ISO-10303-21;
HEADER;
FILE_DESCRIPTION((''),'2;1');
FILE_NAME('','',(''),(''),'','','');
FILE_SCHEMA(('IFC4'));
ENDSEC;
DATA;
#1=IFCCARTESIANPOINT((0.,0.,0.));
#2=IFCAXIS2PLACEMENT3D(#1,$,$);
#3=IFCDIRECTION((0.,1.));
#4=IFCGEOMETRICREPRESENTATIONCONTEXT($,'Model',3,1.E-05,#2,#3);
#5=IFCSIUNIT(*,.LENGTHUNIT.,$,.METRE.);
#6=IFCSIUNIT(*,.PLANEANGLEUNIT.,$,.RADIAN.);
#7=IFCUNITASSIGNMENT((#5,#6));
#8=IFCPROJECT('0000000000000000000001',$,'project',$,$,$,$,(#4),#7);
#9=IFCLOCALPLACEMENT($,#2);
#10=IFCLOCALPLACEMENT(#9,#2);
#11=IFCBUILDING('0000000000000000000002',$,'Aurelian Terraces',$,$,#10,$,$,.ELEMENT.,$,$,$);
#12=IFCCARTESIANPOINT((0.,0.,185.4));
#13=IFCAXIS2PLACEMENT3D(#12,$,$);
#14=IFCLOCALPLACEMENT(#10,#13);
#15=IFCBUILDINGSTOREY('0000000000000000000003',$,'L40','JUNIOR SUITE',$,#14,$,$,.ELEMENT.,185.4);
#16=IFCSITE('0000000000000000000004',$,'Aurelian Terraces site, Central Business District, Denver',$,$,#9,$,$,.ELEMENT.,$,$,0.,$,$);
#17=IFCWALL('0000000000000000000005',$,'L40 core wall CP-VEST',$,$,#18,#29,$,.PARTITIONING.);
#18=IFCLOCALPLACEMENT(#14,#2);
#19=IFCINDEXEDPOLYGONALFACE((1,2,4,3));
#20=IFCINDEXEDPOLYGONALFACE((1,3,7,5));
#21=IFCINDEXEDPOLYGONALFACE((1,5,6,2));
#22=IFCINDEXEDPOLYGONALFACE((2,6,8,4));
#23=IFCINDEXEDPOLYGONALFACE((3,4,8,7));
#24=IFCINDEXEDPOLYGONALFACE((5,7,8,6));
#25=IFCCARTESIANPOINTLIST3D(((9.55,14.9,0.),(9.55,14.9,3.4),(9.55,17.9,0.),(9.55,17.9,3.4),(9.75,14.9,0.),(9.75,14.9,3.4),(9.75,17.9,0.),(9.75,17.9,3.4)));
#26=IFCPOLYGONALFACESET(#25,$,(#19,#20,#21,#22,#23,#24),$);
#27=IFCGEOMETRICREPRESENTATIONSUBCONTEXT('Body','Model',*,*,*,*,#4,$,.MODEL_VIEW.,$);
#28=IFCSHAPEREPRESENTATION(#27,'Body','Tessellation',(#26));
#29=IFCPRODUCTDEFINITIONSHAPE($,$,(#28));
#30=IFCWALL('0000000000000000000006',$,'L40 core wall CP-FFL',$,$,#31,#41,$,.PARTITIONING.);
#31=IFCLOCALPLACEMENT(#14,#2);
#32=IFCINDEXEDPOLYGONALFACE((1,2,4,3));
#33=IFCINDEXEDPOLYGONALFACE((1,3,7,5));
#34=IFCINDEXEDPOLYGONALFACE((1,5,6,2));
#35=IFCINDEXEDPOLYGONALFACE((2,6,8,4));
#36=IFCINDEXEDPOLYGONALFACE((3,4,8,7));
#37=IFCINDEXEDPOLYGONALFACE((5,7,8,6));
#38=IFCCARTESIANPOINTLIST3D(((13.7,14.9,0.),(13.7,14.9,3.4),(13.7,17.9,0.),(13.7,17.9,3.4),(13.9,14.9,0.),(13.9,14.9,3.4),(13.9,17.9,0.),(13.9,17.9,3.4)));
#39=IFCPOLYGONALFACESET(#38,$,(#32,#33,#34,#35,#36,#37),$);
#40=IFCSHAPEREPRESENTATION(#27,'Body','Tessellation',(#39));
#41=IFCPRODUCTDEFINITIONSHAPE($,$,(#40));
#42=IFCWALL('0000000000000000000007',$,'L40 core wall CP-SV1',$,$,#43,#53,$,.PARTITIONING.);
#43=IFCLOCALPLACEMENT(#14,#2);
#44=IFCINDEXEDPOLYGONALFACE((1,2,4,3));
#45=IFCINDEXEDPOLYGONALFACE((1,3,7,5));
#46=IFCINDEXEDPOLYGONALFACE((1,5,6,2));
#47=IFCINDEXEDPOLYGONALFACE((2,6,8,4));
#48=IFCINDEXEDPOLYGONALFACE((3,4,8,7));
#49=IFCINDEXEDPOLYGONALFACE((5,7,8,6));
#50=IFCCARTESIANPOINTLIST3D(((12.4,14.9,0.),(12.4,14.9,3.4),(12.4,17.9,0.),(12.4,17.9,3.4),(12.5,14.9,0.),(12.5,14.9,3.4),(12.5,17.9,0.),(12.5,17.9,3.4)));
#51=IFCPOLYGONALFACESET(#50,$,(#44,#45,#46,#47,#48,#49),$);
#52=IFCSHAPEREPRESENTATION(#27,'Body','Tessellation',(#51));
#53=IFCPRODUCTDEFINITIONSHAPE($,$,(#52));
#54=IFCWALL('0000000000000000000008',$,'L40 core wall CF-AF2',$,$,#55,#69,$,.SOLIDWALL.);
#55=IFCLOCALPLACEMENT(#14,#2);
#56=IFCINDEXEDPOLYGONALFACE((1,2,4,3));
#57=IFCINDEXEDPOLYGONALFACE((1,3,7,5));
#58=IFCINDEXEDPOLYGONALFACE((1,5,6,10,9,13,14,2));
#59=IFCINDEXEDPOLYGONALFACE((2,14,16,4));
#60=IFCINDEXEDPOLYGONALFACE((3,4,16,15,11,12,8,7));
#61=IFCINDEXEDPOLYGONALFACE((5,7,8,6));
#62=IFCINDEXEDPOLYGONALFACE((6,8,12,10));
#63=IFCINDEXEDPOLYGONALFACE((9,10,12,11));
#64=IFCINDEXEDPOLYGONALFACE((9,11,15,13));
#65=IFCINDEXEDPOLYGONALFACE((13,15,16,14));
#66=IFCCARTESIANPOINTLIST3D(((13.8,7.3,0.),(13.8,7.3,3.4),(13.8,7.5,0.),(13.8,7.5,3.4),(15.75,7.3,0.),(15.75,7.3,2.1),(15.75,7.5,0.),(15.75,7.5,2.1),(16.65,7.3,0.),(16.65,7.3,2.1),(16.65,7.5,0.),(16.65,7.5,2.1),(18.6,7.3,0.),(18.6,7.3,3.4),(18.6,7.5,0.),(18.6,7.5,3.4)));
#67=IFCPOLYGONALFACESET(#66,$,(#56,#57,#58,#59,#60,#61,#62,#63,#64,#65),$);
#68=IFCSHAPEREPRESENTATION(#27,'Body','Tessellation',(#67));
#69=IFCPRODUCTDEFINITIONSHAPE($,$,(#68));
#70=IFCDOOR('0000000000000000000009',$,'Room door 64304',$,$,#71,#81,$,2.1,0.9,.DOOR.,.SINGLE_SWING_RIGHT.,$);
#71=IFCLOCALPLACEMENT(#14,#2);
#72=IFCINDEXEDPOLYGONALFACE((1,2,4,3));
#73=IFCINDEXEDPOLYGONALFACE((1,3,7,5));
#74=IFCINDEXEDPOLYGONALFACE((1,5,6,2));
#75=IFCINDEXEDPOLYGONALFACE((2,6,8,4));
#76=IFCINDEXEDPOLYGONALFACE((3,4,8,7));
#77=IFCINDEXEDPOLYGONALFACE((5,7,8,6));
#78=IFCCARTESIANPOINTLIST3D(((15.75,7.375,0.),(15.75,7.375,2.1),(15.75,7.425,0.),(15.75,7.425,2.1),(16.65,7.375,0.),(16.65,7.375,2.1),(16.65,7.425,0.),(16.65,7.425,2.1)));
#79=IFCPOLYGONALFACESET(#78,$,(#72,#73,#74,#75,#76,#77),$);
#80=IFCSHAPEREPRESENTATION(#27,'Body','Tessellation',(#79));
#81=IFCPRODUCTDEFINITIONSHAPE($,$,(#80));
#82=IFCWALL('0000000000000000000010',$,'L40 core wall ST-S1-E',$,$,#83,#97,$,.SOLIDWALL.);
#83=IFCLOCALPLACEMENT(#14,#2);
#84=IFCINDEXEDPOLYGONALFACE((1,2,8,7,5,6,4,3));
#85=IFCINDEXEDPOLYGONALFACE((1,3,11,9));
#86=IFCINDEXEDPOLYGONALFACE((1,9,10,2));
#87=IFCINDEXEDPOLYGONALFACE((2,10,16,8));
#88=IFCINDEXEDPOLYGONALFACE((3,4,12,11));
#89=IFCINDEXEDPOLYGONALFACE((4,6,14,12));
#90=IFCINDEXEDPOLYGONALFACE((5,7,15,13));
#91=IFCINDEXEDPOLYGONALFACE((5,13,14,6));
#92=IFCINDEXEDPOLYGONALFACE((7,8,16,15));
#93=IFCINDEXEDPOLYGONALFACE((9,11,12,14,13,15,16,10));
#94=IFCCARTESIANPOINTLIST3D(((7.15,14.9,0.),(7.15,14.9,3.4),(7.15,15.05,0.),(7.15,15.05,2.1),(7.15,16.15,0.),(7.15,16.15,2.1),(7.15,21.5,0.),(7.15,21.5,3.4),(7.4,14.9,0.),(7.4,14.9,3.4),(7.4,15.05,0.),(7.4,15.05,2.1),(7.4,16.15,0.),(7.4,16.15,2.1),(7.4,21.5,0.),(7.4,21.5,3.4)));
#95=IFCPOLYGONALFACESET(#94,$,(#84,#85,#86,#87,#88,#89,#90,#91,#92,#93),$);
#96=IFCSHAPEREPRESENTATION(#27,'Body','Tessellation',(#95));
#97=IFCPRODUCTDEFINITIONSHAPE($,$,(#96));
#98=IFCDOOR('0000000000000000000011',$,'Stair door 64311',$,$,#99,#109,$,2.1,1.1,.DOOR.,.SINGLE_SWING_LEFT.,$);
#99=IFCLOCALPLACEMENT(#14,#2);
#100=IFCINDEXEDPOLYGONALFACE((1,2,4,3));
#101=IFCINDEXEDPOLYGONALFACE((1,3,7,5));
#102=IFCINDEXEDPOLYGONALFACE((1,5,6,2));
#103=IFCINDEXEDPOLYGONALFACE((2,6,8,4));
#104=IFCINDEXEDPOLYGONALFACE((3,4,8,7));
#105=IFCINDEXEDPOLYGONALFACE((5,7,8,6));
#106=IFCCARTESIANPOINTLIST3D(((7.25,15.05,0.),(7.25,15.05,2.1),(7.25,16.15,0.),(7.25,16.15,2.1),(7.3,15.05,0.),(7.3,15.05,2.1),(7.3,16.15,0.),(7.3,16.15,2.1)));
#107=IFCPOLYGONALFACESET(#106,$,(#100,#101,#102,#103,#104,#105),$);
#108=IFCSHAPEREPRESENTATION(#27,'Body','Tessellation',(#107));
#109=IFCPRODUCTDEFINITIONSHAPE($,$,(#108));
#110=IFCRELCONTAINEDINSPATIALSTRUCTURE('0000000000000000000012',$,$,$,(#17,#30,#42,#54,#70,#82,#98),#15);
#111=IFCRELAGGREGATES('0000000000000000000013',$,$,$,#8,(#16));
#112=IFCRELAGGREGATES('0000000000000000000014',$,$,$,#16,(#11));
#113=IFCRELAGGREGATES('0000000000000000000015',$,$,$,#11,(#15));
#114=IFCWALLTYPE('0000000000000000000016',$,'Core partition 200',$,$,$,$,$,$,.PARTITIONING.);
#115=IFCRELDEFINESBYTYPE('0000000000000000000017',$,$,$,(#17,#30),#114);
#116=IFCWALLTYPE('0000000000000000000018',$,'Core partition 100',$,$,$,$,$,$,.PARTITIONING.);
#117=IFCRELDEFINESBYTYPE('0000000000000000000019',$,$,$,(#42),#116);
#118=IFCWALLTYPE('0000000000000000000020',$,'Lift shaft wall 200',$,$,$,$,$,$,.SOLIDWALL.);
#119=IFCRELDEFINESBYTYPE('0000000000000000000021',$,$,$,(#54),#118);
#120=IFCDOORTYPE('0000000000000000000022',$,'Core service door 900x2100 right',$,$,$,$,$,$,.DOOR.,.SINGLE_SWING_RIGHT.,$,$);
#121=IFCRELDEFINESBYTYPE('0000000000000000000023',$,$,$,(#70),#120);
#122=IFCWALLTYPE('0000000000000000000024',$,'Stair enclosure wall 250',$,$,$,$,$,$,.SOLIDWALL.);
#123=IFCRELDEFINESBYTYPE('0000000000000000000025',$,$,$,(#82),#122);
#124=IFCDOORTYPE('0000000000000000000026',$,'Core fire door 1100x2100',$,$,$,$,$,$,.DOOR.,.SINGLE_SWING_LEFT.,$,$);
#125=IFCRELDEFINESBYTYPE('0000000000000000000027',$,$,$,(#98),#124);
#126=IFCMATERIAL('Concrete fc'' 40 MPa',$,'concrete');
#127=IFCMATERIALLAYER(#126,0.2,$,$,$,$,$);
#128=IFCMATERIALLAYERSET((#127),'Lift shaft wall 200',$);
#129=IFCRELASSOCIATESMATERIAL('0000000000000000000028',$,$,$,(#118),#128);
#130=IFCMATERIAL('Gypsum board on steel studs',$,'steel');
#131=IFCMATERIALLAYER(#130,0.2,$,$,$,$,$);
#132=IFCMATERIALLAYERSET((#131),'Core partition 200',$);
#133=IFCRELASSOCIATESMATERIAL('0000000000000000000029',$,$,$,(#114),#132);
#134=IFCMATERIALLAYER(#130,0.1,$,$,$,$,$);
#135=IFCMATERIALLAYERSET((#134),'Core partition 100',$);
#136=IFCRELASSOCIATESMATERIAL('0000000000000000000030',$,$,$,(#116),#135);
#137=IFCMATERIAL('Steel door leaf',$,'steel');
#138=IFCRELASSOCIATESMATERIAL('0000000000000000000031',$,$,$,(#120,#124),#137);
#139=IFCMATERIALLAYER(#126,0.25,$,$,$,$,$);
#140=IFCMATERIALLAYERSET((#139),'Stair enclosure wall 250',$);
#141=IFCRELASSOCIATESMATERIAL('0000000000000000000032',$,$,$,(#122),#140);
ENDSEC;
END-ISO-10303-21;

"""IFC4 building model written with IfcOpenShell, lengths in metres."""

from ifc_helpers import new_model, si_unit, direction, frame, frame_2d, origin, place, context, subcontext, project, spatial, rectangle, extrude, source, transform, mapped, material, layer, layer_set, type_object, element, fill, save


model = new_model("IFC4")

# Units and contexts
model_context = context("Model", 3, precision=1e-05, world=origin(), true_north=direction((0.0, 1.0)))
body_context = subcontext(model_context, "Body", "Model", "MODEL_VIEW")
ifc_project = project(units=[si_unit("LENGTHUNIT", "METRE"), si_unit("PLANEANGLEUNIT", "RADIAN")], contexts=[model_context])

# Site, building, storey
site_placement = place(None, origin())
site = spatial("IfcSite", under=ifc_project, at=site_placement, Name="Aurelian Terraces site, Central Business District, Denver", CompositionType="ELEMENT", RefElevation=0.0)
building_placement = place(site_placement, origin())
building = spatial("IfcBuilding", under=site, at=building_placement, Name="Aurelian Terraces", CompositionType="ELEMENT")
storey_placement = place(building_placement, frame((0.0, 0.0, 185.4)))
storey = spatial("IfcBuildingStorey", under=building, at=storey_placement, Name="L40", Description="JUNIOR SUITE", CompositionType="ELEMENT", Elevation=185.4)

# Shared definitions
ifc_material_1 = material(Name="Concrete fc' 40 MPa", Category="concrete")
ifc_layer_1 = layer(ifc_material_1, 0.2)
ifc_layer_set_1 = layer_set([ifc_layer_1], Name="Lift shaft wall 200")
wall_type_1 = type_object("IfcWallType", Name="Lift shaft wall 200", PredefinedType="SOLIDWALL", material=ifc_layer_set_1)

# Shared definitions
shared_shape_1 = source(origin(), body_context, "Body", "SweptSolid", [
    extrude(rectangle(XDim=1.1, YDim=2.1, at=frame_2d((0.55, 1.05))), frame((0.0, 0.025, 0.0), z_axis=(0.0, -1.0, 0.0), x_axis=(1.0, 0.0, 0.0)), (0.0, 0.0, 1.0), 0.05),
])

# Shared definitions
shared_shape_2 = source(origin(), body_context, "Body", "SweptSolid", [
    extrude(rectangle(XDim=0.9, YDim=2.1, at=frame_2d((0.45, 1.05))), frame((0.0, 0.11, 0.0), z_axis=(0.0, -1.0, 0.0), x_axis=(1.0, 0.0, 0.0)), (0.0, 0.0, 1.0), 0.22),
])
ifc_material_2 = material(Name="Steel door leaf", Category="steel")
shared_shape_3 = source(origin(), body_context, "Body", "SweptSolid", [
    extrude(rectangle(XDim=0.9, YDim=2.1, at=frame_2d((0.45, 1.05))), frame((0.0, 0.025, 0.0), z_axis=(0.0, -1.0, 0.0), x_axis=(1.0, 0.0, 0.0)), (0.0, 0.0, 1.0), 0.05),
])

# Walls
ifc_material_3 = material(Name="Gypsum board on steel studs", Category="steel")
ifc_layer_2 = layer(ifc_material_3, 0.2)
ifc_layer_set_2 = layer_set([ifc_layer_2], Name="Core partition 200")
wall_type_2 = type_object("IfcWallType", Name="Core partition 200", PredefinedType="PARTITIONING", material=ifc_layer_set_2)
shared_shape_4 = source(origin(), body_context, "Body", "SweptSolid", [
    extrude(rectangle(XDim=3.0, YDim=0.2, at=frame_2d((1.5, 0.0))), origin(), (0.0, 0.0, 1.0), 3.4),
])
for number, where, z_axis, x_axis, name in (
    (1, (9.65, 14.9, 0.0), (0.0, 0.0, 1.0), (0.0, 1.0, 0.0), "L40 core wall CP-VEST"),
    (2, (13.8, 14.9, 0.0), (0.0, 0.0, 1.0), (0.0, 1.0, 0.0), "L40 core wall CP-FFL"),
):
    element("IfcWall", number, at=place(storey_placement, frame(where, z_axis=z_axis, x_axis=x_axis)), inside=storey, type_object=wall_type_2, Name=name, PredefinedType="PARTITIONING", context=body_context, shape_type="MappedRepresentation", body=[
        mapped(shared_shape_4, transform((0.0, 0.0, 0.0), scale=1.0)),
    ])
ifc_layer_3 = layer(ifc_material_3, 0.1)
ifc_layer_set_3 = layer_set([ifc_layer_3], Name="Core partition 100")
wall_type_3 = type_object("IfcWallType", Name="Core partition 100", PredefinedType="PARTITIONING", material=ifc_layer_set_3)
shared_shape_5 = source(origin(), body_context, "Body", "SweptSolid", [
    extrude(rectangle(XDim=3.0, YDim=0.1, at=frame_2d((1.5, 0.0))), origin(), (0.0, 0.0, 1.0), 3.4),
])
wall_1_placement = place(storey_placement, frame((12.45, 14.9, 0.0), z_axis=(0.0, 0.0, 1.0), x_axis=(0.0, 1.0, 0.0)))
element("IfcWall", 3, at=wall_1_placement, inside=storey, type_object=wall_type_3, Name="L40 core wall CP-SV1", PredefinedType="PARTITIONING", context=body_context, shape_type="MappedRepresentation", body=[
    mapped(shared_shape_5, transform((0.0, 0.0, 0.0), scale=1.0)),
])

# Walls, openings, doors
shared_shape_6 = source(origin(), body_context, "Body", "SweptSolid", [
    extrude(rectangle(XDim=4.8, YDim=0.2, at=frame_2d((2.4, 0.0))), origin(), (0.0, 0.0, 1.0), 3.4),
])
wall_2_placement = place(storey_placement, frame((13.8, 7.4, 0.0), z_axis=(0.0, 0.0, 1.0), x_axis=(1.0, 0.0, 0.0)))
wall_2 = element("IfcWall", 4, at=wall_2_placement, inside=storey, type_object=wall_type_1, Name="L40 core wall CF-AF2", PredefinedType="SOLIDWALL", context=body_context, shape_type="MappedRepresentation", body=[
    mapped(shared_shape_6, transform((0.0, 0.0, 0.0), scale=1.0)),
])
opening_1_placement = place(wall_2_placement, frame((1.95, 0.0, 0.0)))
opening_1 = element("IfcOpeningElement", 5, at=opening_1_placement, cuts=wall_2, PredefinedType="OPENING", context=body_context, shape_type="MappedRepresentation", body=[
    mapped(shared_shape_2, transform((0.0, 0.0, 0.0), scale=1.0)),
])
door_type_1 = type_object("IfcDoorType", Name="Core service door 900x2100 right", OperationType="SINGLE_SWING_RIGHT", PredefinedType="DOOR", material=ifc_material_2)
door_1_placement = place(opening_1_placement, origin())
door_1 = element("IfcDoor", 6, at=door_1_placement, inside=storey, type_object=door_type_1, Name="Room door 64304", OperationType="SINGLE_SWING_RIGHT", OverallHeight=2.1, OverallWidth=0.9, PredefinedType="DOOR", context=body_context, shape_type="MappedRepresentation", body=[
    mapped(shared_shape_3, transform((0.0, 0.0, 0.0), scale=1.0)),
])
fill(opening_1, door_1)
ifc_layer_4 = layer(ifc_material_1, 0.25)
ifc_layer_set_4 = layer_set([ifc_layer_4], Name="Stair enclosure wall 250")
wall_type_4 = type_object("IfcWallType", Name="Stair enclosure wall 250", PredefinedType="SOLIDWALL", material=ifc_layer_set_4)
shared_shape_7 = source(origin(), body_context, "Body", "SweptSolid", [
    extrude(rectangle(XDim=6.6, YDim=0.25, at=frame_2d((3.3, 0.0))), origin(), (0.0, 0.0, 1.0), 3.4),
])
wall_3_placement = place(storey_placement, frame((7.275, 14.9, 0.0), z_axis=(0.0, 0.0, 1.0), x_axis=(0.0, 1.0, 0.0)))
wall_3 = element("IfcWall", 7, at=wall_3_placement, inside=storey, type_object=wall_type_4, Name="L40 core wall ST-S1-E", PredefinedType="SOLIDWALL", context=body_context, shape_type="MappedRepresentation", body=[
    mapped(shared_shape_7, transform((0.0, 0.0, 0.0), scale=1.0)),
])
shared_shape_8 = source(origin(), body_context, "Body", "SweptSolid", [
    extrude(rectangle(XDim=1.1, YDim=2.1, at=frame_2d((0.55, 1.05))), frame((0.0, 0.135, 0.0), z_axis=(0.0, -1.0, 0.0), x_axis=(1.0, 0.0, 0.0)), (0.0, 0.0, 1.0), 0.27),
])
opening_2_placement = place(wall_3_placement, frame((0.15, 0.0, 0.0)))
opening_2 = element("IfcOpeningElement", 8, at=opening_2_placement, cuts=wall_3, PredefinedType="OPENING", context=body_context, shape_type="MappedRepresentation", body=[
    mapped(shared_shape_8, transform((0.0, 0.0, 0.0), scale=1.0)),
])
door_type_2 = type_object("IfcDoorType", Name="Core fire door 1100x2100", OperationType="SINGLE_SWING_LEFT", PredefinedType="DOOR", material=ifc_material_2)
door_2_placement = place(opening_2_placement, origin())
door_2 = element("IfcDoor", 9, at=door_2_placement, inside=storey, type_object=door_type_2, Name="Stair door 64311", OperationType="SINGLE_SWING_LEFT", OverallHeight=2.1, OverallWidth=1.1, PredefinedType="DOOR", context=body_context, shape_type="MappedRepresentation", body=[
    mapped(shared_shape_1, transform((0.0, 0.0, 0.0), scale=1.0)),
])
fill(opening_2, door_2)

save(model, "model.ifc")
